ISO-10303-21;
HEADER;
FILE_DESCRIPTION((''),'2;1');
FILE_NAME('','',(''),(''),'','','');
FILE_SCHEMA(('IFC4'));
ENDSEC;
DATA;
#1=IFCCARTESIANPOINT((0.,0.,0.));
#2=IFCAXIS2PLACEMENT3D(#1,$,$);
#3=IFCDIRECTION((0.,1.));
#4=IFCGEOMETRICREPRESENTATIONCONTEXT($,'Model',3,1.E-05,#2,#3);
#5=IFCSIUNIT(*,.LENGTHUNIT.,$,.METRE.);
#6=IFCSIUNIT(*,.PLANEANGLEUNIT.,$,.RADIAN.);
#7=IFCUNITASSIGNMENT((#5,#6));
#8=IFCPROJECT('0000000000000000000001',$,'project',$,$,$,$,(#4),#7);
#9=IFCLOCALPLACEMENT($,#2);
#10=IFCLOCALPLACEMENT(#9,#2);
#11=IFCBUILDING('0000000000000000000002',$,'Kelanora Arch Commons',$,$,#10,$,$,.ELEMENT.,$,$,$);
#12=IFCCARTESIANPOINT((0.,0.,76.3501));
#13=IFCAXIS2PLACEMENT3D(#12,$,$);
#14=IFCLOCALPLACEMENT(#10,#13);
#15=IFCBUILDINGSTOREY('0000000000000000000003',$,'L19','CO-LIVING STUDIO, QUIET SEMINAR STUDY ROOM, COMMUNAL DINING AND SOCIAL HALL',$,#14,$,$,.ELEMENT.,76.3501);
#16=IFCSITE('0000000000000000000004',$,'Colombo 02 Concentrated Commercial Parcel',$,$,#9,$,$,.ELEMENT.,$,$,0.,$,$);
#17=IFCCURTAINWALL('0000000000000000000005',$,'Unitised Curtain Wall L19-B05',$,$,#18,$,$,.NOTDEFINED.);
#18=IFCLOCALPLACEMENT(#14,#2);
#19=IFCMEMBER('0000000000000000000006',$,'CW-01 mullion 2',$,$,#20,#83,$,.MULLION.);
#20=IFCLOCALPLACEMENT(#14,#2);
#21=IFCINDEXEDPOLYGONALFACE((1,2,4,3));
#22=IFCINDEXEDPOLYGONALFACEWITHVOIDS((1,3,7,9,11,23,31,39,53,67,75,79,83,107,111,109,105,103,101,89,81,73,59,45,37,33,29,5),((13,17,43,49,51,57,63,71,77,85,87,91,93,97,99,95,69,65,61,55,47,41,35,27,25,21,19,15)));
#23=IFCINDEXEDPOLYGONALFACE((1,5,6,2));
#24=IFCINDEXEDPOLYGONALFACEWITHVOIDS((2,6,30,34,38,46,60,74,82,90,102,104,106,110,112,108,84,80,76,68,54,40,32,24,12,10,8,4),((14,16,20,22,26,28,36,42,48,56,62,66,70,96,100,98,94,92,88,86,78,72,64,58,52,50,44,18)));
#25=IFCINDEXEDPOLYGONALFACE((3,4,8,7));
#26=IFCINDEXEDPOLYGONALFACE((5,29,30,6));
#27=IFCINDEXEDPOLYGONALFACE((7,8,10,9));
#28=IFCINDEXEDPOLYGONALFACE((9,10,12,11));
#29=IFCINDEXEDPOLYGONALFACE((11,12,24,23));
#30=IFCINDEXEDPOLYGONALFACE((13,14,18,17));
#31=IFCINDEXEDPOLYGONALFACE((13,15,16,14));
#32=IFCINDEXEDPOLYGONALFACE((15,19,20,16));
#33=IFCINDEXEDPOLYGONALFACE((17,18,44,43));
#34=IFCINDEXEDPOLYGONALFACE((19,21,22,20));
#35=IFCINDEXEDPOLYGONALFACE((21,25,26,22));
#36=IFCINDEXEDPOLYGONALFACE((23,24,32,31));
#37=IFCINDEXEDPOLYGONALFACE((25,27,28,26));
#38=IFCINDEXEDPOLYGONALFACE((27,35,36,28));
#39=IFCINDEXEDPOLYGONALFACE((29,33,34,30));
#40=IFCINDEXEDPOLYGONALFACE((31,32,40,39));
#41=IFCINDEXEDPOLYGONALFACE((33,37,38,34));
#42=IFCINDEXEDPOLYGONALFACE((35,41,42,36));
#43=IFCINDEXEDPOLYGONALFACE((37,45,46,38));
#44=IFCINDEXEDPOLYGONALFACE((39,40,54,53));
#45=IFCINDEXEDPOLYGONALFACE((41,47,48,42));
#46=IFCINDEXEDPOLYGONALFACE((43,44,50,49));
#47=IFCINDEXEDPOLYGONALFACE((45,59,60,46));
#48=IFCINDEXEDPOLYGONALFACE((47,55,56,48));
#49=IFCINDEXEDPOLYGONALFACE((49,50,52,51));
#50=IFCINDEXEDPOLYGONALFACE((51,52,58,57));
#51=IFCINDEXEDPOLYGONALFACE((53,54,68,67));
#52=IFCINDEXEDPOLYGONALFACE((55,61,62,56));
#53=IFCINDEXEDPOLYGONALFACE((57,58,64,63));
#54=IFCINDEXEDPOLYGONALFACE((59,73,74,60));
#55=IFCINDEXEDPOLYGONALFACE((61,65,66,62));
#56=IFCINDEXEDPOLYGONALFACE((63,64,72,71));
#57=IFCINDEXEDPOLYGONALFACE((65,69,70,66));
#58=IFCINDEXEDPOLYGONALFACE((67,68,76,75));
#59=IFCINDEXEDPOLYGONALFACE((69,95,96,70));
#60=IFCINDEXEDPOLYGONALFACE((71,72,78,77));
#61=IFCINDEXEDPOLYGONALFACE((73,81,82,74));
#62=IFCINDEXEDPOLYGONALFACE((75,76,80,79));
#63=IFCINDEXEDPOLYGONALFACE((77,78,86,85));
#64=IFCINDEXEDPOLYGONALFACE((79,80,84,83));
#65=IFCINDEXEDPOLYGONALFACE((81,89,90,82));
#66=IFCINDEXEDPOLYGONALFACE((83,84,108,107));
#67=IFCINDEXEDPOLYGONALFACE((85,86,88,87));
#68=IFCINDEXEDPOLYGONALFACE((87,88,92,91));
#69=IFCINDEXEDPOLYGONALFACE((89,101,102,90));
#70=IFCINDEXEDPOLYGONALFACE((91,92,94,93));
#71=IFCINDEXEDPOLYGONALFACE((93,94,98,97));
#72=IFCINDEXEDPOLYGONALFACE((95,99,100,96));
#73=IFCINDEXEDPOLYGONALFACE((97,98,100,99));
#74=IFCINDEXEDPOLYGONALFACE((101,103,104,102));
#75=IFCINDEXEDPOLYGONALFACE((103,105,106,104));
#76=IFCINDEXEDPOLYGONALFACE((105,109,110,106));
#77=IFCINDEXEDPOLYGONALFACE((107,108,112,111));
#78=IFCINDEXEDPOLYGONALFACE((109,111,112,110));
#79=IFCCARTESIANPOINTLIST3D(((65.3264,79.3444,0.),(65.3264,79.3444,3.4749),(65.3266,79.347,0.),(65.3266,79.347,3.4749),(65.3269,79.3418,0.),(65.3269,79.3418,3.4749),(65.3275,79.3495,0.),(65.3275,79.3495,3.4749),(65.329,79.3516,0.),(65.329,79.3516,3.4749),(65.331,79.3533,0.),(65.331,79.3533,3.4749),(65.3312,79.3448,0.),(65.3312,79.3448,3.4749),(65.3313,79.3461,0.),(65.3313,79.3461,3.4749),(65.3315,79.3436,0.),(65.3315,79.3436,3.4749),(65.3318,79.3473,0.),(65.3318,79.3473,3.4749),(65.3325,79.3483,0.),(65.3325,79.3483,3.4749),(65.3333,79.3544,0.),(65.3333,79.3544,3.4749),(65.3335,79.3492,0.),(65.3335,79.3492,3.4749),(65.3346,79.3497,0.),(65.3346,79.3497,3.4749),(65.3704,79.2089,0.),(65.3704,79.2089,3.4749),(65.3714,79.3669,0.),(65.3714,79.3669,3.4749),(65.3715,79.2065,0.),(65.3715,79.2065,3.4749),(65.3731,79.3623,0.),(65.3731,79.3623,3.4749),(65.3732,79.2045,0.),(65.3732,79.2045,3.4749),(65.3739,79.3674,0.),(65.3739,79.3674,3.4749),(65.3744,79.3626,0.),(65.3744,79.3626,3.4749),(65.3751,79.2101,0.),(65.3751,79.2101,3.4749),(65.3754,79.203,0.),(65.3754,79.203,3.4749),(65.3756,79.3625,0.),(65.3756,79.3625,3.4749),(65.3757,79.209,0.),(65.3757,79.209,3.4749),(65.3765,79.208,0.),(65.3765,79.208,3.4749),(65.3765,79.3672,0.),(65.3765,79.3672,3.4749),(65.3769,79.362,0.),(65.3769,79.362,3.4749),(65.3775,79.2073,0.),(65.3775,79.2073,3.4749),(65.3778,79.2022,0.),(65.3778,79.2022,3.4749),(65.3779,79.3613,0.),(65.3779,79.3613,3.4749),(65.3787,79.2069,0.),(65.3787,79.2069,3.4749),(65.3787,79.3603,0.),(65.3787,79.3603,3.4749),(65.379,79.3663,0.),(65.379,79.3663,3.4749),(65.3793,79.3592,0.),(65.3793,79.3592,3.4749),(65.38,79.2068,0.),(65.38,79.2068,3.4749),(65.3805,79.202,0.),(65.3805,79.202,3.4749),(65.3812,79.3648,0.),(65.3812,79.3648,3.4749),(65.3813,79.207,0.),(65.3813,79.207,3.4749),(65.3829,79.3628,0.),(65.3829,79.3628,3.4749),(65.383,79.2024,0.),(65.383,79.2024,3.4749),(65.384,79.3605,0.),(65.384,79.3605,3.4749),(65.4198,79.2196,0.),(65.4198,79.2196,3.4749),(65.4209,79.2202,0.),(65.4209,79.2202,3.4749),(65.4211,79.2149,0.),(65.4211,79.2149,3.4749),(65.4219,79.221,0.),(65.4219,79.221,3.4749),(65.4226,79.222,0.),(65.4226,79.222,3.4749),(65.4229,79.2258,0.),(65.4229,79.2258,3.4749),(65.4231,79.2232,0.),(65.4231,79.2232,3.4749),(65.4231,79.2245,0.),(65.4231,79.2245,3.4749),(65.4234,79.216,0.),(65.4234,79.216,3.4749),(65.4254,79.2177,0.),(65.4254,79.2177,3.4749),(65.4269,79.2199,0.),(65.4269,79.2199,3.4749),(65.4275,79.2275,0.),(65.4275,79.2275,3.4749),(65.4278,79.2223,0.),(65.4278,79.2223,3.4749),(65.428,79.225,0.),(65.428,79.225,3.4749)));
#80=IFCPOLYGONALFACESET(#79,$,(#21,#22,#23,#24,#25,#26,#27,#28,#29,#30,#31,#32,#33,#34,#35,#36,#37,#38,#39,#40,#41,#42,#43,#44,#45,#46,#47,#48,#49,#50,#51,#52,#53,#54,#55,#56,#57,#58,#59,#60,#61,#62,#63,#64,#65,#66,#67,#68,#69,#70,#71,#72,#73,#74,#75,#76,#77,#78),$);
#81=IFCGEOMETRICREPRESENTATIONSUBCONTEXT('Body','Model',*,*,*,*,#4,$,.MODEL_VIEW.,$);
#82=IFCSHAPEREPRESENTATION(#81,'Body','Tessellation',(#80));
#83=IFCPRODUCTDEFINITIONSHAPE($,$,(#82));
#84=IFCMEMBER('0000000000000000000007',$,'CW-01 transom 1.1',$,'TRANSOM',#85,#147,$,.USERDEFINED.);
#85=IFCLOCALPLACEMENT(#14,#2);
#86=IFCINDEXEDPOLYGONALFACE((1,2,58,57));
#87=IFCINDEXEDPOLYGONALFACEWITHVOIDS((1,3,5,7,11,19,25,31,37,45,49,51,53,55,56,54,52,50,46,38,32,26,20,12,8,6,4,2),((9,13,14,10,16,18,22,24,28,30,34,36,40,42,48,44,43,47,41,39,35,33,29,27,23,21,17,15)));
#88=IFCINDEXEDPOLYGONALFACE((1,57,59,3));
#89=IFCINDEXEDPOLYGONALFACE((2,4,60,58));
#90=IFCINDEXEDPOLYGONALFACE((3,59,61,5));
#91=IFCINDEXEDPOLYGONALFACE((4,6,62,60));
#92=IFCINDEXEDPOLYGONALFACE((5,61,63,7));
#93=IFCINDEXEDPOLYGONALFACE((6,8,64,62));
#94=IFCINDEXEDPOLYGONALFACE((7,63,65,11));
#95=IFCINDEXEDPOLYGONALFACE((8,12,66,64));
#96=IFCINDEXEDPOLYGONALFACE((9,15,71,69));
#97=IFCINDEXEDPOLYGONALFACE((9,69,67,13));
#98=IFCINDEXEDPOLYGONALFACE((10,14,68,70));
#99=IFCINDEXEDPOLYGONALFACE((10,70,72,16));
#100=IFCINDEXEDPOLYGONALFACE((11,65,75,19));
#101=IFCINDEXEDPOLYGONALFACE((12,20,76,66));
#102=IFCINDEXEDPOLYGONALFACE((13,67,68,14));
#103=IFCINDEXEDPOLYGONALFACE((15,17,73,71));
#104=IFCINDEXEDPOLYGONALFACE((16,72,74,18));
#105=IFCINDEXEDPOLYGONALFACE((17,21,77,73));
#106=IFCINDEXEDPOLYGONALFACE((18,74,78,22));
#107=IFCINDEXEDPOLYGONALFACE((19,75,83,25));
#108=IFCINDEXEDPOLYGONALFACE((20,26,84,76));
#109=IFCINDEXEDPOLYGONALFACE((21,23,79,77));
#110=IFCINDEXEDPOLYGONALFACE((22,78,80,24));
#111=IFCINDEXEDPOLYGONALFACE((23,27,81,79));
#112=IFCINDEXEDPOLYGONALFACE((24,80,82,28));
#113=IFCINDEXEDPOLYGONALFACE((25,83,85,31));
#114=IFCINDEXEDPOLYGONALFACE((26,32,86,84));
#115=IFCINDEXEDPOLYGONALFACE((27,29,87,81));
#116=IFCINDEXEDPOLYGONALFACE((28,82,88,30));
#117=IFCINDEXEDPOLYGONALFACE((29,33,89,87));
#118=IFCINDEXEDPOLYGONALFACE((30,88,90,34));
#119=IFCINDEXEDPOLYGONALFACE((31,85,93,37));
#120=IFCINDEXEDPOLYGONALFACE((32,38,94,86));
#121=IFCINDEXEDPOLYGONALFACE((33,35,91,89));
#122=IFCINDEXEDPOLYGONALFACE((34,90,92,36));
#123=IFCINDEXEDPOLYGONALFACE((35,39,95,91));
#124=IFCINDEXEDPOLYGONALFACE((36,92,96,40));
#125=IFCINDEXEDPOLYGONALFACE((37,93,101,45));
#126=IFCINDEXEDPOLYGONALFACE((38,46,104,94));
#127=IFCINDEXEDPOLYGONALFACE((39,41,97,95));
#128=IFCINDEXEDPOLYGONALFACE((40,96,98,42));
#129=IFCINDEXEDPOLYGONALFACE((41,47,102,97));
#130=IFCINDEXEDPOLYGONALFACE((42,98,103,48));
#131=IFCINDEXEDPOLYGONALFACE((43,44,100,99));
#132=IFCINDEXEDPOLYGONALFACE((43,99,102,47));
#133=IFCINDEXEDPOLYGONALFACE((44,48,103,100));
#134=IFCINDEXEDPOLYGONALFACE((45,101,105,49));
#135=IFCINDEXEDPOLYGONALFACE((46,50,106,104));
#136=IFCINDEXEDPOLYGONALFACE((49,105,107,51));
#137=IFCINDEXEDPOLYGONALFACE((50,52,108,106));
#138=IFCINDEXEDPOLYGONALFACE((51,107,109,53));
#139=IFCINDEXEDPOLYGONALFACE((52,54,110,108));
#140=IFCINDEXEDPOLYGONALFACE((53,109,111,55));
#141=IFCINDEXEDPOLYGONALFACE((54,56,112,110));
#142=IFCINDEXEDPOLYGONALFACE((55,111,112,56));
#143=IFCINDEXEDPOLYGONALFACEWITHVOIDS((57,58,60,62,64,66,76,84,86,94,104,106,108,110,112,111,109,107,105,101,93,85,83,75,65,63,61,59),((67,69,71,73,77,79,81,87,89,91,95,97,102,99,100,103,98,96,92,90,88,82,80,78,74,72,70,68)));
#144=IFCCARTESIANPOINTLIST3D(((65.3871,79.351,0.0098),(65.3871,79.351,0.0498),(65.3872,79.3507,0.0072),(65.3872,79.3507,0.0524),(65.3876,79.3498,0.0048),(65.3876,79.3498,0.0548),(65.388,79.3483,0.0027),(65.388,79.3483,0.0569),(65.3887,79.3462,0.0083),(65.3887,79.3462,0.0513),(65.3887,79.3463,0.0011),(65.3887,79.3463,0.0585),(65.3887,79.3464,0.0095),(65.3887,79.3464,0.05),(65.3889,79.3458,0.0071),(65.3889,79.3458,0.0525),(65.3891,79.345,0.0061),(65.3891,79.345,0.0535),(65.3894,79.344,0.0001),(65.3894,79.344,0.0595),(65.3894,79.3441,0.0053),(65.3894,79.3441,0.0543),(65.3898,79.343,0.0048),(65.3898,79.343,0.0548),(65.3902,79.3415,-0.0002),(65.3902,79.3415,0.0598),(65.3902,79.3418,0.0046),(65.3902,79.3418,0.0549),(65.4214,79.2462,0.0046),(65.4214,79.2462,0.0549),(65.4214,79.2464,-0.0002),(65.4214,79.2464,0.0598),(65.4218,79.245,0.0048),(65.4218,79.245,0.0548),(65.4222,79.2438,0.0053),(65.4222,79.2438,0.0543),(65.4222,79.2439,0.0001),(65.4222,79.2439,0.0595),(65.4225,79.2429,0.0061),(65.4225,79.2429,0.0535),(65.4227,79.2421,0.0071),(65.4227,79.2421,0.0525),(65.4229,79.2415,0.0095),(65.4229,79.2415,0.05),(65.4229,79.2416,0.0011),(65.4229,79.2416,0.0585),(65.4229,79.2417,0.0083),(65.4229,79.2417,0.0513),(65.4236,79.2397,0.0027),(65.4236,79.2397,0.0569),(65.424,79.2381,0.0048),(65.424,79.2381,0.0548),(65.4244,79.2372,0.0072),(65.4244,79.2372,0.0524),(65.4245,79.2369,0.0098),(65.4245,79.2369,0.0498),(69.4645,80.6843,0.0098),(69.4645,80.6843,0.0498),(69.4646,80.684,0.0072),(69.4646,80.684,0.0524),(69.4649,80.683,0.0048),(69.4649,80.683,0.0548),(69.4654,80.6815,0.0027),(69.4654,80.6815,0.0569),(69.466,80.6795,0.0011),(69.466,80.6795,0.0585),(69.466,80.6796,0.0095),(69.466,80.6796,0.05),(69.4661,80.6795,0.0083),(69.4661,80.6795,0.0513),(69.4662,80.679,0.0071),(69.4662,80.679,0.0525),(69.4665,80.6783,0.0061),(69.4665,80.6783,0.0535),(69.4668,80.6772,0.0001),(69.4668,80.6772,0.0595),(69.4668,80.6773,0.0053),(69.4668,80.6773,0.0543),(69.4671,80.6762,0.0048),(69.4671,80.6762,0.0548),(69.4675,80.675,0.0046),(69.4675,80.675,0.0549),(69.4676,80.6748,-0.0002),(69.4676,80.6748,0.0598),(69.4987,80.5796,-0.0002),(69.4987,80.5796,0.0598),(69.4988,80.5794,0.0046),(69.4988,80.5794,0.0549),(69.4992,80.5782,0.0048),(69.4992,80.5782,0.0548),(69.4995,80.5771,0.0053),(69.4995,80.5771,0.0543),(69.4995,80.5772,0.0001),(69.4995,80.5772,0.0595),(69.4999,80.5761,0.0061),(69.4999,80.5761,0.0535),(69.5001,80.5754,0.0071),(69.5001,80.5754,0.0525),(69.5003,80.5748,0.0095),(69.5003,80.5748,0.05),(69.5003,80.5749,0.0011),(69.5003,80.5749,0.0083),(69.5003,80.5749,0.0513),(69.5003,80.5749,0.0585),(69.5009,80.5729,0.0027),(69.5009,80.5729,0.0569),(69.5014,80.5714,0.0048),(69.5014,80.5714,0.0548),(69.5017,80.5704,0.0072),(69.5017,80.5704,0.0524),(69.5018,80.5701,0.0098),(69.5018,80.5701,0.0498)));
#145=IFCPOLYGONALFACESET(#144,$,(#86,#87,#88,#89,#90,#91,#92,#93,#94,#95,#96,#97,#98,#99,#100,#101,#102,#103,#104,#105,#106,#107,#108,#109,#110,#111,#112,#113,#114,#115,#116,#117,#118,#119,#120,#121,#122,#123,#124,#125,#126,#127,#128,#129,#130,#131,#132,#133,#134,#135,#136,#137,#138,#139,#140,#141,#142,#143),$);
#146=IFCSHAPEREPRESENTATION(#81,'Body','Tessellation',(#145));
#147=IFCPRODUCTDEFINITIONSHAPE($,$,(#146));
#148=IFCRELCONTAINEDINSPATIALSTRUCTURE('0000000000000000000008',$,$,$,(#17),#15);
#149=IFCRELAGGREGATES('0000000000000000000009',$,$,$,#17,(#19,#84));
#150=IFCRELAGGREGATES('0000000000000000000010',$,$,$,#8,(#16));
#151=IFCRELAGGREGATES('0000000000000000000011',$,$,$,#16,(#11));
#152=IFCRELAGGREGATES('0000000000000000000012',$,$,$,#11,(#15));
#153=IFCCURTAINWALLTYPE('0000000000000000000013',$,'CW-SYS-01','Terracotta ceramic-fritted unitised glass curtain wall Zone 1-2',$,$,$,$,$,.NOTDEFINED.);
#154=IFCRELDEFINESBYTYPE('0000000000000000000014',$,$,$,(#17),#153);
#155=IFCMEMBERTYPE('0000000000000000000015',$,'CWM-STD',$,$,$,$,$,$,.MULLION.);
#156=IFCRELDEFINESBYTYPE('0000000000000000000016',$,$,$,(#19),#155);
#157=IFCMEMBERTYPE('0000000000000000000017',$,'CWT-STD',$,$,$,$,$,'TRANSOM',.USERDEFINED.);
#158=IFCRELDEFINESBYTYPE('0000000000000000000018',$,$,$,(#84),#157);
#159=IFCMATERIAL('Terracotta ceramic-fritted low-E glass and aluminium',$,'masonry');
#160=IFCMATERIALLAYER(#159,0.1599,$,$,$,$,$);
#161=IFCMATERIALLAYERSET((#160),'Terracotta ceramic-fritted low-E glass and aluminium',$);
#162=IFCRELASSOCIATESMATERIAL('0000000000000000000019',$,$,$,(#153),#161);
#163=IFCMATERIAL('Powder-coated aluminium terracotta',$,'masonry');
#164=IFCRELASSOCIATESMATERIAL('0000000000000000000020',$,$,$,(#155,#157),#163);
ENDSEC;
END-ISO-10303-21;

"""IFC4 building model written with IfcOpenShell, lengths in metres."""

from ifc_helpers import new_model, si_unit, direction, frame, origin, origin_2d, place, context, subcontext, project, spatial, hollow_rectangle, extrude, material, layer, layer_set, material_profile, profile_set, type_object, element, aggregate, save


model = new_model("IFC4")

# Units and contexts
model_context = context("Model", 3, precision=1e-05, world=origin(), true_north=direction((0.0, 1.0)))
body_context = subcontext(model_context, "Body", "Model", "MODEL_VIEW")
ifc_project = project(units=[si_unit("LENGTHUNIT", "METRE"), si_unit("PLANEANGLEUNIT", "RADIAN")], contexts=[model_context])

# Site, building, storey
site_placement = place(None, origin())
site = spatial("IfcSite", under=ifc_project, at=site_placement, Name="Colombo 02 Concentrated Commercial Parcel", CompositionType="ELEMENT", RefElevation=0.0)
building_placement = place(site_placement, origin())
building = spatial("IfcBuilding", under=site, at=building_placement, Name="Kelanora Arch Commons", CompositionType="ELEMENT")
storey_placement = place(building_placement, frame((0.0, 0.0, 76.3501)))
storey = spatial("IfcBuildingStorey", under=building, at=storey_placement, Name="L19", Description="CO-LIVING STUDIO, QUIET SEMINAR STUDY ROOM, COMMUNAL DINING AND SOCIAL HALL", CompositionType="ELEMENT", Elevation=76.3501)

# Curtain wall, members
ifc_material_1 = material(Name="Terracotta ceramic-fritted low-E glass and aluminium", Category="masonry")
ifc_layer_1 = layer(ifc_material_1, 0.1599)
ifc_layer_set_1 = layer_set([ifc_layer_1], Name="Terracotta ceramic-fritted low-E glass and aluminium")
curtain_wall_type = type_object("IfcCurtainWallType", Name="CW-SYS-01", Description="Terracotta ceramic-fritted unitised glass curtain wall Zone 1-2", PredefinedType="NOTDEFINED", material=ifc_layer_set_1)
curtain_wall_placement = place(storey_placement, origin())
curtain_wall = element("IfcCurtainWall", 1, at=curtain_wall_placement, inside=storey, type_object=curtain_wall_type, Name="Unitised Curtain Wall L19-B05", PredefinedType="NOTDEFINED")
ifc_material_2 = material(Name="Powder-coated aluminium terracotta", Category="masonry")
ifc_material_profile_1 = material_profile(ifc_material_2, hollow_rectangle(XDim=0.1599, YDim=0.0601, WallThickness=0.0049, InnerFilletRadius=0.0049, OuterFilletRadius=0.01, at=origin_2d()), Name="CWM160x60")
ifc_profile_set_1 = profile_set([ifc_material_profile_1], Name="Powder-coated aluminium terracotta")
member_type_1 = type_object("IfcMemberType", Name="CWM-STD", PredefinedType="MULLION", material=ifc_profile_set_1)
member_1_placement = place(storey_placement, frame((65.3772, 79.2847, 0.0), z_axis=(0.0, 0.0, 1.0), x_axis=(0.310805, -0.950474, 0.0)))
member_1 = element("IfcMember", 2, at=member_1_placement, type_object=member_type_1, Name="CW-01 mullion 2", PredefinedType="MULLION", context=body_context, shape_type="SweptSolid", body=[
    extrude(hollow_rectangle(XDim=0.1599, YDim=0.0601, WallThickness=0.0049, InnerFilletRadius=0.0049, OuterFilletRadius=0.01, at=origin_2d()), origin(), (0.0, 0.0, 1.0), 3.4749),
])
ifc_material_profile_2 = material_profile(ifc_material_2, hollow_rectangle(XDim=0.1201, YDim=0.0601, WallThickness=0.0049, InnerFilletRadius=0.0049, OuterFilletRadius=0.01, at=origin_2d()), Name="CWT120x60")
ifc_profile_set_2 = profile_set([ifc_material_profile_2], Name="Powder-coated aluminium terracotta")
member_type_2 = type_object("IfcMemberType", Name="CWT-STD", ElementType="TRANSOM", PredefinedType="USERDEFINED", material=ifc_profile_set_2)
member_2_placement = place(storey_placement, frame((69.4832, 80.6272, 0.0298), z_axis=(-0.950478, -0.310793, 0.0), x_axis=(0.310793, -0.950478, 0.0)))
member_2 = element("IfcMember", 3, at=member_2_placement, type_object=member_type_2, Name="CW-01 transom 1.1", ObjectType="TRANSOM", PredefinedType="USERDEFINED", context=body_context, shape_type="SweptSolid", body=[
    extrude(hollow_rectangle(XDim=0.1201, YDim=0.0601, WallThickness=0.0049, InnerFilletRadius=0.0049, OuterFilletRadius=0.01, at=origin_2d()), origin(), (0.0, 0.0, 1.0), 4.2898),
])
aggregate(curtain_wall, [member_1, member_2])

save(model, "model.ifc")
